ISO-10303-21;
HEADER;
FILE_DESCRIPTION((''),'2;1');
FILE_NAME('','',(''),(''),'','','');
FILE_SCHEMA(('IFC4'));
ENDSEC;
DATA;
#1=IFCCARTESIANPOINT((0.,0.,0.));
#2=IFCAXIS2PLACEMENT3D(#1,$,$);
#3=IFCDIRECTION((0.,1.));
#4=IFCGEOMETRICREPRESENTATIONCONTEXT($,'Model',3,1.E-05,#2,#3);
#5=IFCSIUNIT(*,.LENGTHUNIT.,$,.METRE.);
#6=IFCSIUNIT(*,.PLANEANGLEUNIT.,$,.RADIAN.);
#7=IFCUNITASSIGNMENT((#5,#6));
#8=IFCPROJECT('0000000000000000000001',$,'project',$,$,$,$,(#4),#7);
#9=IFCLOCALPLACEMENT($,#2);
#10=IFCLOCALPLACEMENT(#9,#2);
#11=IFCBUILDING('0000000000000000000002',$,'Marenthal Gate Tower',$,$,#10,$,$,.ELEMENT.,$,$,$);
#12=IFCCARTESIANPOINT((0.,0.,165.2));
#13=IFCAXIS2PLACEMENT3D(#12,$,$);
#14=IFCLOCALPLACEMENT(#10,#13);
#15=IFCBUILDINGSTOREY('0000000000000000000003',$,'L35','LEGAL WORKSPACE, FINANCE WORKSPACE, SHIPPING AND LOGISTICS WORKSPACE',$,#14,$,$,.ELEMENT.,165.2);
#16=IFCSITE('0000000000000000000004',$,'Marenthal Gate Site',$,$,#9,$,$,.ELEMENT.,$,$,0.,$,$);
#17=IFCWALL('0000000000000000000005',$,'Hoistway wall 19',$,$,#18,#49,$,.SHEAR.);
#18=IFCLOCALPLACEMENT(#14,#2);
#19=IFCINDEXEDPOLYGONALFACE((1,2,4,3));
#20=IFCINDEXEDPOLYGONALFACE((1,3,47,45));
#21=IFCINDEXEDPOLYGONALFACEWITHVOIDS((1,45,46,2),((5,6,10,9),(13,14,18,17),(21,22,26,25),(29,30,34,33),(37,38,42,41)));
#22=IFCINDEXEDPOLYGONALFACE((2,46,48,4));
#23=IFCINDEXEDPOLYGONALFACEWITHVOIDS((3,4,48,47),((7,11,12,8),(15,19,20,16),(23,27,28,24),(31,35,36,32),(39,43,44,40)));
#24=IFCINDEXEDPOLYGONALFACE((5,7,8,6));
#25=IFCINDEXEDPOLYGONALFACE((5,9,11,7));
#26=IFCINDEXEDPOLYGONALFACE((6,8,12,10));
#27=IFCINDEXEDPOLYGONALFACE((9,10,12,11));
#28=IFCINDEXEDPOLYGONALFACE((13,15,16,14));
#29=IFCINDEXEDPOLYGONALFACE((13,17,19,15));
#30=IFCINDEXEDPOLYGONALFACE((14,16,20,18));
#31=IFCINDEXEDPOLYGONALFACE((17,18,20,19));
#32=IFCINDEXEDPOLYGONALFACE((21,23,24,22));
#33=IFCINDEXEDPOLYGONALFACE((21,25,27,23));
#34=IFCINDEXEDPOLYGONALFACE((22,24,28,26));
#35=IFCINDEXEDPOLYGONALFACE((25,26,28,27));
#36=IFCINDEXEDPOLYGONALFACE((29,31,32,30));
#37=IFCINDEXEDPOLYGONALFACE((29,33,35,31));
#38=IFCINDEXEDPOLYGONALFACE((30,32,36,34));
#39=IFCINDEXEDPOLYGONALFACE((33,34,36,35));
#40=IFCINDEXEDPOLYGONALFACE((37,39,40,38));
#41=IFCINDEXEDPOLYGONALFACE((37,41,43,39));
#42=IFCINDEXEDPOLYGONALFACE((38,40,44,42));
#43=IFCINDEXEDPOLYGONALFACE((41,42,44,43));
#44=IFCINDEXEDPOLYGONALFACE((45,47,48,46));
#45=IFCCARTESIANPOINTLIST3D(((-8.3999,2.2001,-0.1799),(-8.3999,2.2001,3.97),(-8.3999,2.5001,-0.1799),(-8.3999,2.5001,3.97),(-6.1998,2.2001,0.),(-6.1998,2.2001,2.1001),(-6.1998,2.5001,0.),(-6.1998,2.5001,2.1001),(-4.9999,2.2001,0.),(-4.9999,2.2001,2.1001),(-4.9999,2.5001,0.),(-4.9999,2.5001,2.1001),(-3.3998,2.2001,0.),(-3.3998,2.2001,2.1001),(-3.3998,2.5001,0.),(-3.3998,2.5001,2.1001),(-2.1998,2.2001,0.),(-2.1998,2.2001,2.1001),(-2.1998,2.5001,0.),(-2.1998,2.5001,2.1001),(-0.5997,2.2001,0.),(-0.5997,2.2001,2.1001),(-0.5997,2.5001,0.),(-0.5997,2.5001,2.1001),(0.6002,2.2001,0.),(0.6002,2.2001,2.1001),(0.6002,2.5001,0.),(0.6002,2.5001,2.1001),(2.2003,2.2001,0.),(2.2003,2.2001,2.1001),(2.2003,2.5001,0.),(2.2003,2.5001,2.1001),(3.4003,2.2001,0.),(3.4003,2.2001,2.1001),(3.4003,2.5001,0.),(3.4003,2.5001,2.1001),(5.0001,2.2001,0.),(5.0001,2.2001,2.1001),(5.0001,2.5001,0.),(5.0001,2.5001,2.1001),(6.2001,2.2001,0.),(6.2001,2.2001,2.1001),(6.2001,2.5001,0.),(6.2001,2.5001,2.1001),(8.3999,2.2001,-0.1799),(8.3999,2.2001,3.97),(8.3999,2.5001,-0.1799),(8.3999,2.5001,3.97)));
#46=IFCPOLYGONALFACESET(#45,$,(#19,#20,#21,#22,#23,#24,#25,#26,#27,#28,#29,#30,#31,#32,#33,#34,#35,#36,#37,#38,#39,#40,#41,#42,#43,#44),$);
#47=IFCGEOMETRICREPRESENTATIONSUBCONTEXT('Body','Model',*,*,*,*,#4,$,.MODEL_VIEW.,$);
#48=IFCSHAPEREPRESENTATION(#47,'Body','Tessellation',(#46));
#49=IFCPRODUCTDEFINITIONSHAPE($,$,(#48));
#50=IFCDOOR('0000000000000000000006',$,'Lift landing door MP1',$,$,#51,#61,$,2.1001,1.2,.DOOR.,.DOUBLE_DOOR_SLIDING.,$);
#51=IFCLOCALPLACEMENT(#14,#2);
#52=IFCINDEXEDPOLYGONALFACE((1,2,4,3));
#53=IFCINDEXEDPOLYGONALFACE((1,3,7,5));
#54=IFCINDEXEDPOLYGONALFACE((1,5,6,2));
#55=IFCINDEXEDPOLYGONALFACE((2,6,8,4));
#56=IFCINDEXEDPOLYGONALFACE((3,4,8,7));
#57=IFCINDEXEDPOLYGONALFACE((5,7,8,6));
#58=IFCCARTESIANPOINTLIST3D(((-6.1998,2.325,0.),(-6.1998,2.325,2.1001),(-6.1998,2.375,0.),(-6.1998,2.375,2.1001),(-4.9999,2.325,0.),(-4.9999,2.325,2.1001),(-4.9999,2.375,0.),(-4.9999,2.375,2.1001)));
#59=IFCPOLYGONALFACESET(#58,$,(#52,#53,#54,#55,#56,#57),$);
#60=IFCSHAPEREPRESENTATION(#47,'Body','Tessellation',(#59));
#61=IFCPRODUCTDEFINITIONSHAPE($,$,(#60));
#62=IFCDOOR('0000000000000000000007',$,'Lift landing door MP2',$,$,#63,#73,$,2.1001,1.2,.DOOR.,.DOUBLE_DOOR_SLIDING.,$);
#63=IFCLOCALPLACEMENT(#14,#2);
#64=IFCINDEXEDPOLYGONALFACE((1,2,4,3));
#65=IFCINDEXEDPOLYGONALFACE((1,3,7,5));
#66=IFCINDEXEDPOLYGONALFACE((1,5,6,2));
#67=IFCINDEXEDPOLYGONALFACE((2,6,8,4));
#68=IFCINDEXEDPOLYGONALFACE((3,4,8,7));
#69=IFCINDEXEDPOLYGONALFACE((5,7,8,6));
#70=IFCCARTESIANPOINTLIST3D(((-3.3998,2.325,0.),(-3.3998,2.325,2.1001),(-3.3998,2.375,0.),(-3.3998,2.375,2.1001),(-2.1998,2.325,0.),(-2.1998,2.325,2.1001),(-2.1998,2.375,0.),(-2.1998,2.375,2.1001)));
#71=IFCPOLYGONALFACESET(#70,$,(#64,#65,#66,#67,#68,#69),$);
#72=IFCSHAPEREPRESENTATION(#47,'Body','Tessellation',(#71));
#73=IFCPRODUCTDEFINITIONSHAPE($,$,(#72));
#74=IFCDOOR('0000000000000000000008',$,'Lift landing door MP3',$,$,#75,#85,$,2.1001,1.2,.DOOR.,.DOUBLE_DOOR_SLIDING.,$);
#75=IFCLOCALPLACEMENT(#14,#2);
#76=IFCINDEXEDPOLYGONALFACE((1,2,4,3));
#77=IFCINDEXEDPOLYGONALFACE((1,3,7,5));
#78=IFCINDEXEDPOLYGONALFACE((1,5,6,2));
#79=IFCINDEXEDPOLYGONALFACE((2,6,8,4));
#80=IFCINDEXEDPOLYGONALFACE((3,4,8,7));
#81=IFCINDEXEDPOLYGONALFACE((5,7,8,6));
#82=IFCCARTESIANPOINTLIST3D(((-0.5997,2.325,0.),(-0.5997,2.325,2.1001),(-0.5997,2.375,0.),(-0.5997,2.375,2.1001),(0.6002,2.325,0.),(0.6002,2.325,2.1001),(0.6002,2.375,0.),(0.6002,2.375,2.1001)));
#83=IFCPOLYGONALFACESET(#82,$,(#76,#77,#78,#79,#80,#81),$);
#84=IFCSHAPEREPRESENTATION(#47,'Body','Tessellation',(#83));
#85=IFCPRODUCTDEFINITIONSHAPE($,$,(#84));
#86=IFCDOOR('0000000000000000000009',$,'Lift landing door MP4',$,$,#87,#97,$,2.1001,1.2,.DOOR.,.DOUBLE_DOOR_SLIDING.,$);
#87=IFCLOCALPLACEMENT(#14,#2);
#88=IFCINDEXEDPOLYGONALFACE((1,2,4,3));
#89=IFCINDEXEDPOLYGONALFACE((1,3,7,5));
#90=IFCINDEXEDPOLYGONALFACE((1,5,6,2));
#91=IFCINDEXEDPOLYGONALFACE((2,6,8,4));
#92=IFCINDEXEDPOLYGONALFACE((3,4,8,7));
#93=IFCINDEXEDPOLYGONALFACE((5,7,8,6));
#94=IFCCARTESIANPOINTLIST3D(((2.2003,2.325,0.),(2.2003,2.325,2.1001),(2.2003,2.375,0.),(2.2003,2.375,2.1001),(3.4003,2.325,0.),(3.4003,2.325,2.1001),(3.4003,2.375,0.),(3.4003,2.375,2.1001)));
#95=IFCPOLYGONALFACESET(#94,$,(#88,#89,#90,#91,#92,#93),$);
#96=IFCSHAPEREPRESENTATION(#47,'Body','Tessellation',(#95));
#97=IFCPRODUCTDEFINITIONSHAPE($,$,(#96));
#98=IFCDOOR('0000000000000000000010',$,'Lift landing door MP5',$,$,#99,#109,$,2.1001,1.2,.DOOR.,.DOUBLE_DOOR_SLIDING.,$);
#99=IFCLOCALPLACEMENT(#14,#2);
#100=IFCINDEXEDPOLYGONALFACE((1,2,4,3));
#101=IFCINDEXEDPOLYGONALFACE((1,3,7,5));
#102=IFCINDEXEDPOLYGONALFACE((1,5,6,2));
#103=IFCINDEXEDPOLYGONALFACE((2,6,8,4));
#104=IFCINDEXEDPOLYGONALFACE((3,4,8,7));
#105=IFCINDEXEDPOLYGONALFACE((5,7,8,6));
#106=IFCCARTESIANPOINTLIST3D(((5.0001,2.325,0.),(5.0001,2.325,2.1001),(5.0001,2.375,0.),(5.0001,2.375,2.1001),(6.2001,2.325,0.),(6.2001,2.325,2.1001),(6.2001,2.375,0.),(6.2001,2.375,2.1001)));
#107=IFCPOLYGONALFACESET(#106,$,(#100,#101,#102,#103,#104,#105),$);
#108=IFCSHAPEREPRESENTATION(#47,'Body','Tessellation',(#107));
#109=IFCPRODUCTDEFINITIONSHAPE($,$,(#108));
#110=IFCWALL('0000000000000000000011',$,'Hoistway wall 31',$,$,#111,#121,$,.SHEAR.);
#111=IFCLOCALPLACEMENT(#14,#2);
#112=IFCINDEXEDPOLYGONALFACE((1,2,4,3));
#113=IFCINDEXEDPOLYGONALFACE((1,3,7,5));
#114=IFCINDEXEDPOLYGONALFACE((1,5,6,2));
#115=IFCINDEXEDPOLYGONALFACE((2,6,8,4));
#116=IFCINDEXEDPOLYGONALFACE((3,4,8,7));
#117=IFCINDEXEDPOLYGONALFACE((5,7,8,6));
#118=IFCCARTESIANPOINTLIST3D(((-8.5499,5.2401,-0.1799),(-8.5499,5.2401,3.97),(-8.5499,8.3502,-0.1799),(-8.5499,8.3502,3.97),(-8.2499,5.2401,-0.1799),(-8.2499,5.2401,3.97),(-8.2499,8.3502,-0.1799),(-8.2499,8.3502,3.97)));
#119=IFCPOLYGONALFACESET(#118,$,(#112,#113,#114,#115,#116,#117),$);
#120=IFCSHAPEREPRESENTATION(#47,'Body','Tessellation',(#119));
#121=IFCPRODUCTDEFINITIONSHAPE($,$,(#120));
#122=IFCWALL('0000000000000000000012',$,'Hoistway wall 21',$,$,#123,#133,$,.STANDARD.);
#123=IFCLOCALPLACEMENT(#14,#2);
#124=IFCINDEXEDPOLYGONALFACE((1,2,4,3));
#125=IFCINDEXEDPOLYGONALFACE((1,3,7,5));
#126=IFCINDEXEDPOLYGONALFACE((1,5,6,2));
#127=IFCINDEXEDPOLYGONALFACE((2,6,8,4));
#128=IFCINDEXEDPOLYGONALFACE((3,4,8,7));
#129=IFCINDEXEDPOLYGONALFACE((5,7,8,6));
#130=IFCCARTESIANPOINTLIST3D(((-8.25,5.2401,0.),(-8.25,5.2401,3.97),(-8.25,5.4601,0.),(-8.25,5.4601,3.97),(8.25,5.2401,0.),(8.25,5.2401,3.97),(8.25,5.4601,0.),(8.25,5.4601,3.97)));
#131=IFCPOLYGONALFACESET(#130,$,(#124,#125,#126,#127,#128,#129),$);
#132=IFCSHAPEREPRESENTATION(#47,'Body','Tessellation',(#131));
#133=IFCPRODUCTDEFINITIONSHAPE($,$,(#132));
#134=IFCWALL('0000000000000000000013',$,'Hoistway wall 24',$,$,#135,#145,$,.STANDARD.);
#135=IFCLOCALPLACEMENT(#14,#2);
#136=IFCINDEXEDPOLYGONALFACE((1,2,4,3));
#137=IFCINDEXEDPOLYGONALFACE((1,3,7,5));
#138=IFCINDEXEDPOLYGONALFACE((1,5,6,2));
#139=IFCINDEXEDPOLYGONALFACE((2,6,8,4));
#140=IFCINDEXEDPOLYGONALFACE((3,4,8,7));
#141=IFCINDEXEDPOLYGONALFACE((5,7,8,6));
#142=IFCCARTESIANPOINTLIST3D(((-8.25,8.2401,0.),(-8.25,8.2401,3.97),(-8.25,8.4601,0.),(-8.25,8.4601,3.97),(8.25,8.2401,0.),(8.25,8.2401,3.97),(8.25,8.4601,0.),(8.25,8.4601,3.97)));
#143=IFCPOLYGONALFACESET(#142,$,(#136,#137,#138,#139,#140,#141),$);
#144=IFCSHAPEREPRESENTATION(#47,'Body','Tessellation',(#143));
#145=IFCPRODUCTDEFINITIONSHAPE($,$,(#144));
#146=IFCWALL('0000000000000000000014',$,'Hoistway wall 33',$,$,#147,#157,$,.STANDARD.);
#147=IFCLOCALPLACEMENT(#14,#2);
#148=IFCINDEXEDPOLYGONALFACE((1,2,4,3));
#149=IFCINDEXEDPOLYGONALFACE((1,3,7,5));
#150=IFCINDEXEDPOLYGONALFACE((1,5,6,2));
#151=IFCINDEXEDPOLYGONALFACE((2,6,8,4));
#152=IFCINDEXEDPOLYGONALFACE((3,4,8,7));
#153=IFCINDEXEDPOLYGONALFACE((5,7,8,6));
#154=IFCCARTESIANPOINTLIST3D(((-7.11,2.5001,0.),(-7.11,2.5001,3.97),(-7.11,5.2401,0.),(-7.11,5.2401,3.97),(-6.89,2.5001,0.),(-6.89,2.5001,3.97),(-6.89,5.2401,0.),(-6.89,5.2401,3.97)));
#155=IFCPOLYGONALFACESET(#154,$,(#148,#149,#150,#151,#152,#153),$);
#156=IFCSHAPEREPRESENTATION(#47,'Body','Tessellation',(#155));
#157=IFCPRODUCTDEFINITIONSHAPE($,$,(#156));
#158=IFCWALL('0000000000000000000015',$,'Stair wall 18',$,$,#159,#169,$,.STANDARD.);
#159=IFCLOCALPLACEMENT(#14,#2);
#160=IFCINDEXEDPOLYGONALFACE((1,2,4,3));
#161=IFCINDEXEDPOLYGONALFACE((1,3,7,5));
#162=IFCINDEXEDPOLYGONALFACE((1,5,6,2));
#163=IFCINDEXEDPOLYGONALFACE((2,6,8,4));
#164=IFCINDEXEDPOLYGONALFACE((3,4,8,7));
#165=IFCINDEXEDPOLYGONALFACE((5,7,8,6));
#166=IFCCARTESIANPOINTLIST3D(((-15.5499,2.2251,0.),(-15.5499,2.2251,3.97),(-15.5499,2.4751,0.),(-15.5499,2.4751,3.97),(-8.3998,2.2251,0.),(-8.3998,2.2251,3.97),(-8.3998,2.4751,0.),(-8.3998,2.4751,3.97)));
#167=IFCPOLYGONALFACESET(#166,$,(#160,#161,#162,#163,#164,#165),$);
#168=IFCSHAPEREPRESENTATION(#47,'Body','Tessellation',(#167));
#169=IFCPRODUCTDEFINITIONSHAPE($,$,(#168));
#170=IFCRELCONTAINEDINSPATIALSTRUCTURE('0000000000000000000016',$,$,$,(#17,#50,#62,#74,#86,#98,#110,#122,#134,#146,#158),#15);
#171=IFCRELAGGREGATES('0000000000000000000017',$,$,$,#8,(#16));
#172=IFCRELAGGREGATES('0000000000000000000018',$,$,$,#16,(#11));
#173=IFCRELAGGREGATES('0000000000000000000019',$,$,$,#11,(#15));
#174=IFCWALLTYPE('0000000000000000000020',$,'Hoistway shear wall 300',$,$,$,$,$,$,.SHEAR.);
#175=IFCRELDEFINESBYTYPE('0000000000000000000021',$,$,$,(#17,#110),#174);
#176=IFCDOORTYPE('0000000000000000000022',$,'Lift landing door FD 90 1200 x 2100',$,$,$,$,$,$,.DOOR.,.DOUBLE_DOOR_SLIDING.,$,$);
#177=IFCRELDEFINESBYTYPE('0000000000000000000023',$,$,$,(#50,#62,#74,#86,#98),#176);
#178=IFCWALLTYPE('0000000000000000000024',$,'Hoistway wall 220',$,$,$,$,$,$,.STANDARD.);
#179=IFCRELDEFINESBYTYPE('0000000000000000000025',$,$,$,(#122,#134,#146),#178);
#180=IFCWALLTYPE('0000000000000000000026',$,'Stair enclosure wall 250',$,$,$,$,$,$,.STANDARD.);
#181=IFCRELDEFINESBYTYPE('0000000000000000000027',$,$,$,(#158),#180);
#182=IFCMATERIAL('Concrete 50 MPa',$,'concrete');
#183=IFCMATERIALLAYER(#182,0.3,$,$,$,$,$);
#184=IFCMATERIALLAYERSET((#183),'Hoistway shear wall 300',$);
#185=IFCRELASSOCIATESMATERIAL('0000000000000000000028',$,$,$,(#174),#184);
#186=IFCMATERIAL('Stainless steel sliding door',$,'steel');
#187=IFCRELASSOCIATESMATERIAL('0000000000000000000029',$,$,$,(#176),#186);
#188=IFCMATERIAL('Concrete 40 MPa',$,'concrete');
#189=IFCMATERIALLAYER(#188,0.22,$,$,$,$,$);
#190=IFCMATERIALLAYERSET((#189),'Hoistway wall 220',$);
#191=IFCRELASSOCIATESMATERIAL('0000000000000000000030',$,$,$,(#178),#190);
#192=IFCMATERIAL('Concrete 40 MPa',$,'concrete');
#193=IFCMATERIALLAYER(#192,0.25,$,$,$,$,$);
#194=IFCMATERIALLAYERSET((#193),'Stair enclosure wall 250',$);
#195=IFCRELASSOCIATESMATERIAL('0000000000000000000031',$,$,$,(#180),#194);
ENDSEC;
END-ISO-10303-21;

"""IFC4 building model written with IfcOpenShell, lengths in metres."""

from ifc_helpers import new_model, si_unit, direction, frame, frame_2d, origin, place, context, subcontext, project, spatial, rectangle, extrude, material, layer, layer_set, type_object, element, fill, save


model = new_model("IFC4")

# Units and contexts
model_context = context("Model", 3, precision=1e-05, world=origin(), true_north=direction((0.0, 1.0)))
body_context = subcontext(model_context, "Body", "Model", "MODEL_VIEW")
ifc_project = project(units=[si_unit("LENGTHUNIT", "METRE"), si_unit("PLANEANGLEUNIT", "RADIAN")], contexts=[model_context])

# Site, building, storey
site_placement = place(None, origin())
site = spatial("IfcSite", under=ifc_project, at=site_placement, Name="Marenthal Gate Site", CompositionType="ELEMENT", RefElevation=0.0)
building_placement = place(site_placement, origin())
building = spatial("IfcBuilding", under=site, at=building_placement, Name="Marenthal Gate Tower", CompositionType="ELEMENT")
storey_placement = place(building_placement, frame((0.0, 0.0, 165.2)))
storey = spatial("IfcBuildingStorey", under=building, at=storey_placement, Name="L35", Description="LEGAL WORKSPACE, FINANCE WORKSPACE, SHIPPING AND LOGISTICS WORKSPACE", CompositionType="ELEMENT", Elevation=165.2)

# Wall, openings, doors
ifc_material_1 = material(Name="Concrete 50 MPa", Category="concrete")
ifc_layer_1 = layer(ifc_material_1, 0.3)
ifc_layer_set_1 = layer_set([ifc_layer_1], Name="Hoistway shear wall 300")
wall_type_1 = type_object("IfcWallType", Name="Hoistway shear wall 300", PredefinedType="SHEAR", material=ifc_layer_set_1)
wall_1_placement = place(storey_placement, frame((-8.3999, 2.3501, -0.1799), z_axis=(0.0, 0.0, 1.0), x_axis=(1.0, 0.0, 0.0)))
wall_1 = element("IfcWall", 1, at=wall_1_placement, inside=storey, type_object=wall_type_1, Name="Hoistway wall 19", PredefinedType="SHEAR", context=body_context, shape_type="SweptSolid", body=[
    extrude(rectangle(XDim=16.7998, YDim=0.3, at=frame_2d((8.3999, 0.0))), origin(), (0.0, 0.0, 1.0), 4.1499),
])
opening_1_placement = place(wall_1_placement, frame((2.2, 0.0, 0.1799)))
opening_1 = element("IfcOpeningElement", 2, at=opening_1_placement, cuts=wall_1, PredefinedType="OPENING", context=body_context, shape_type="SweptSolid", body=[
    extrude(rectangle(XDim=1.2, YDim=2.1001, at=frame_2d((0.6001, 1.05))), frame((0.0, 0.1602, 0.0), z_axis=(0.0, -1.0, 0.0), x_axis=(1.0, 0.0, 0.0)), (0.0, 0.0, 1.0), 0.3201),
])
opening_2_placement = place(wall_1_placement, frame((5.0, 0.0, 0.1799)))
opening_2 = element("IfcOpeningElement", 3, at=opening_2_placement, cuts=wall_1, PredefinedType="OPENING", context=body_context, shape_type="SweptSolid", body=[
    extrude(rectangle(XDim=1.2, YDim=2.1001, at=frame_2d((0.6001, 1.05))), frame((0.0, 0.1602, 0.0), z_axis=(0.0, -1.0, 0.0), x_axis=(1.0, 0.0, 0.0)), (0.0, 0.0, 1.0), 0.3201),
])
opening_3_placement = place(wall_1_placement, frame((7.8, 0.0, 0.1799)))
opening_3 = element("IfcOpeningElement", 4, at=opening_3_placement, cuts=wall_1, PredefinedType="OPENING", context=body_context, shape_type="SweptSolid", body=[
    extrude(rectangle(XDim=1.2, YDim=2.1001, at=frame_2d((0.6001, 1.05))), frame((0.0, 0.1602, 0.0), z_axis=(0.0, -1.0, 0.0), x_axis=(1.0, 0.0, 0.0)), (0.0, 0.0, 1.0), 0.3201),
])
opening_4_placement = place(wall_1_placement, frame((10.6001, 0.0, 0.1799)))
opening_4 = element("IfcOpeningElement", 5, at=opening_4_placement, cuts=wall_1, PredefinedType="OPENING", context=body_context, shape_type="SweptSolid", body=[
    extrude(rectangle(XDim=1.2, YDim=2.1001, at=frame_2d((0.6001, 1.05))), frame((0.0, 0.1602, 0.0), z_axis=(0.0, -1.0, 0.0), x_axis=(1.0, 0.0, 0.0)), (0.0, 0.0, 1.0), 0.3201),
])
opening_5_placement = place(wall_1_placement, frame((13.3999, 0.0, 0.1799)))
opening_5 = element("IfcOpeningElement", 6, at=opening_5_placement, cuts=wall_1, PredefinedType="OPENING", context=body_context, shape_type="SweptSolid", body=[
    extrude(rectangle(XDim=1.2, YDim=2.1001, at=frame_2d((0.6001, 1.05))), frame((0.0, 0.1602, 0.0), z_axis=(0.0, -1.0, 0.0), x_axis=(1.0, 0.0, 0.0)), (0.0, 0.0, 1.0), 0.3201),
])
ifc_material_2 = material(Name="Stainless steel sliding door", Category="steel")
door_type_1 = type_object("IfcDoorType", Name="Lift landing door FD 90 1200 x 2100", OperationType="DOUBLE_DOOR_SLIDING", PredefinedType="DOOR", material=ifc_material_2)
door_1_placement = place(opening_1_placement, origin())
door_1 = element("IfcDoor", 7, at=door_1_placement, inside=storey, type_object=door_type_1, Name="Lift landing door MP1", OperationType="DOUBLE_DOOR_SLIDING", OverallHeight=2.1001, OverallWidth=1.2, PredefinedType="DOOR", context=body_context, shape_type="SweptSolid", body=[
    extrude(rectangle(XDim=1.2, YDim=2.1001, at=frame_2d((0.6001, 1.05))), frame((0.0, 0.0249, 0.0), z_axis=(0.0, -1.0, 0.0), x_axis=(1.0, 0.0, 0.0)), (0.0, 0.0, 1.0), 0.05),
])
fill(opening_1, door_1)
door_2_placement = place(opening_2_placement, origin())
door_2 = element("IfcDoor", 8, at=door_2_placement, inside=storey, type_object=door_type_1, Name="Lift landing door MP2", OperationType="DOUBLE_DOOR_SLIDING", OverallHeight=2.1001, OverallWidth=1.2, PredefinedType="DOOR", context=body_context, shape_type="SweptSolid", body=[
    extrude(rectangle(XDim=1.2, YDim=2.1001, at=frame_2d((0.6001, 1.05))), frame((0.0, 0.0249, 0.0), z_axis=(0.0, -1.0, 0.0), x_axis=(1.0, 0.0, 0.0)), (0.0, 0.0, 1.0), 0.05),
])
fill(opening_2, door_2)
door_3_placement = place(opening_3_placement, origin())
door_3 = element("IfcDoor", 9, at=door_3_placement, inside=storey, type_object=door_type_1, Name="Lift landing door MP3", OperationType="DOUBLE_DOOR_SLIDING", OverallHeight=2.1001, OverallWidth=1.2, PredefinedType="DOOR", context=body_context, shape_type="SweptSolid", body=[
    extrude(rectangle(XDim=1.2, YDim=2.1001, at=frame_2d((0.6001, 1.05))), frame((0.0, 0.0249, 0.0), z_axis=(0.0, -1.0, 0.0), x_axis=(1.0, 0.0, 0.0)), (0.0, 0.0, 1.0), 0.05),
])
fill(opening_3, door_3)
door_4_placement = place(opening_4_placement, origin())
door_4 = element("IfcDoor", 10, at=door_4_placement, inside=storey, type_object=door_type_1, Name="Lift landing door MP4", OperationType="DOUBLE_DOOR_SLIDING", OverallHeight=2.1001, OverallWidth=1.2, PredefinedType="DOOR", context=body_context, shape_type="SweptSolid", body=[
    extrude(rectangle(XDim=1.2, YDim=2.1001, at=frame_2d((0.6001, 1.05))), frame((0.0, 0.0249, 0.0), z_axis=(0.0, -1.0, 0.0), x_axis=(1.0, 0.0, 0.0)), (0.0, 0.0, 1.0), 0.05),
])
fill(opening_4, door_4)
door_5_placement = place(opening_5_placement, origin())
door_5 = element("IfcDoor", 11, at=door_5_placement, inside=storey, type_object=door_type_1, Name="Lift landing door MP5", OperationType="DOUBLE_DOOR_SLIDING", OverallHeight=2.1001, OverallWidth=1.2, PredefinedType="DOOR", context=body_context, shape_type="SweptSolid", body=[
    extrude(rectangle(XDim=1.2, YDim=2.1001, at=frame_2d((0.6001, 1.05))), frame((0.0, 0.0249, 0.0), z_axis=(0.0, -1.0, 0.0), x_axis=(1.0, 0.0, 0.0)), (0.0, 0.0, 1.0), 0.05),
])
fill(opening_5, door_5)

# Walls
wall_2_placement = place(storey_placement, frame((-8.3999, 5.24, -0.1799), z_axis=(0.0, 0.0, 1.0), x_axis=(0.0, 1.0, 0.0)))
element("IfcWall", 12, at=wall_2_placement, inside=storey, type_object=wall_type_1, Name="Hoistway wall 31", PredefinedType="SHEAR", context=body_context, shape_type="SweptSolid", body=[
    extrude(rectangle(XDim=3.1101, YDim=0.3, at=frame_2d((1.5552, 0.0))), origin(), (0.0, 0.0, 1.0), 4.1499),
])
ifc_material_3 = material(Name="Concrete 40 MPa", Category="concrete")
ifc_layer_2 = layer(ifc_material_3, 0.22)
ifc_layer_set_2 = layer_set([ifc_layer_2], Name="Hoistway wall 220")
wall_type_2 = type_object("IfcWallType", Name="Hoistway wall 220", PredefinedType="STANDARD", material=ifc_layer_set_2)
for number, where, z_axis, x_axis, name in (
    (13, (-8.25, 5.3501, 0.0), (0.0, 0.0, 1.0), (1.0, 0.0, 0.0), "Hoistway wall 21"),
    (14, (-8.25, 8.3501, 0.0), (0.0, 0.0, 1.0), (1.0, 0.0, 0.0), "Hoistway wall 24"),
):
    element("IfcWall", number, at=place(storey_placement, frame(where, z_axis=z_axis, x_axis=x_axis)), inside=storey, type_object=wall_type_2, Name=name, PredefinedType="STANDARD", context=body_context, shape_type="SweptSolid", body=[
        extrude(rectangle(XDim=16.5, YDim=0.22, at=frame_2d((8.25, 0.0))), origin(), (0.0, 0.0, 1.0), 3.97),
    ])
wall_3_placement = place(storey_placement, frame((-7.0, 2.5, 0.0), z_axis=(0.0, 0.0, 1.0), x_axis=(0.0, 1.0, 0.0)))
element("IfcWall", 15, at=wall_3_placement, inside=storey, type_object=wall_type_2, Name="Hoistway wall 33", PredefinedType="STANDARD", context=body_context, shape_type="SweptSolid", body=[
    extrude(rectangle(XDim=2.74, YDim=0.22, at=frame_2d((1.3701, 0.0))), origin(), (0.0, 0.0, 1.0), 3.97),
])
ifc_material_4 = material(Name="Concrete 40 MPa", Category="concrete")
ifc_layer_3 = layer(ifc_material_4, 0.25)
ifc_layer_set_3 = layer_set([ifc_layer_3], Name="Stair enclosure wall 250")
wall_type_3 = type_object("IfcWallType", Name="Stair enclosure wall 250", PredefinedType="STANDARD", material=ifc_layer_set_3)
wall_4_placement = place(storey_placement, frame((-15.55, 2.3501, 0.0), z_axis=(0.0, 0.0, 1.0), x_axis=(1.0, 0.0, 0.0)))
element("IfcWall", 16, at=wall_4_placement, inside=storey, type_object=wall_type_3, Name="Stair wall 18", PredefinedType="STANDARD", context=body_context, shape_type="SweptSolid", body=[
    extrude(rectangle(XDim=7.1501, YDim=0.25, at=frame_2d((3.5752, 0.0))), origin(), (0.0, 0.0, 1.0), 3.97),
])

save(model, "model.ifc")
